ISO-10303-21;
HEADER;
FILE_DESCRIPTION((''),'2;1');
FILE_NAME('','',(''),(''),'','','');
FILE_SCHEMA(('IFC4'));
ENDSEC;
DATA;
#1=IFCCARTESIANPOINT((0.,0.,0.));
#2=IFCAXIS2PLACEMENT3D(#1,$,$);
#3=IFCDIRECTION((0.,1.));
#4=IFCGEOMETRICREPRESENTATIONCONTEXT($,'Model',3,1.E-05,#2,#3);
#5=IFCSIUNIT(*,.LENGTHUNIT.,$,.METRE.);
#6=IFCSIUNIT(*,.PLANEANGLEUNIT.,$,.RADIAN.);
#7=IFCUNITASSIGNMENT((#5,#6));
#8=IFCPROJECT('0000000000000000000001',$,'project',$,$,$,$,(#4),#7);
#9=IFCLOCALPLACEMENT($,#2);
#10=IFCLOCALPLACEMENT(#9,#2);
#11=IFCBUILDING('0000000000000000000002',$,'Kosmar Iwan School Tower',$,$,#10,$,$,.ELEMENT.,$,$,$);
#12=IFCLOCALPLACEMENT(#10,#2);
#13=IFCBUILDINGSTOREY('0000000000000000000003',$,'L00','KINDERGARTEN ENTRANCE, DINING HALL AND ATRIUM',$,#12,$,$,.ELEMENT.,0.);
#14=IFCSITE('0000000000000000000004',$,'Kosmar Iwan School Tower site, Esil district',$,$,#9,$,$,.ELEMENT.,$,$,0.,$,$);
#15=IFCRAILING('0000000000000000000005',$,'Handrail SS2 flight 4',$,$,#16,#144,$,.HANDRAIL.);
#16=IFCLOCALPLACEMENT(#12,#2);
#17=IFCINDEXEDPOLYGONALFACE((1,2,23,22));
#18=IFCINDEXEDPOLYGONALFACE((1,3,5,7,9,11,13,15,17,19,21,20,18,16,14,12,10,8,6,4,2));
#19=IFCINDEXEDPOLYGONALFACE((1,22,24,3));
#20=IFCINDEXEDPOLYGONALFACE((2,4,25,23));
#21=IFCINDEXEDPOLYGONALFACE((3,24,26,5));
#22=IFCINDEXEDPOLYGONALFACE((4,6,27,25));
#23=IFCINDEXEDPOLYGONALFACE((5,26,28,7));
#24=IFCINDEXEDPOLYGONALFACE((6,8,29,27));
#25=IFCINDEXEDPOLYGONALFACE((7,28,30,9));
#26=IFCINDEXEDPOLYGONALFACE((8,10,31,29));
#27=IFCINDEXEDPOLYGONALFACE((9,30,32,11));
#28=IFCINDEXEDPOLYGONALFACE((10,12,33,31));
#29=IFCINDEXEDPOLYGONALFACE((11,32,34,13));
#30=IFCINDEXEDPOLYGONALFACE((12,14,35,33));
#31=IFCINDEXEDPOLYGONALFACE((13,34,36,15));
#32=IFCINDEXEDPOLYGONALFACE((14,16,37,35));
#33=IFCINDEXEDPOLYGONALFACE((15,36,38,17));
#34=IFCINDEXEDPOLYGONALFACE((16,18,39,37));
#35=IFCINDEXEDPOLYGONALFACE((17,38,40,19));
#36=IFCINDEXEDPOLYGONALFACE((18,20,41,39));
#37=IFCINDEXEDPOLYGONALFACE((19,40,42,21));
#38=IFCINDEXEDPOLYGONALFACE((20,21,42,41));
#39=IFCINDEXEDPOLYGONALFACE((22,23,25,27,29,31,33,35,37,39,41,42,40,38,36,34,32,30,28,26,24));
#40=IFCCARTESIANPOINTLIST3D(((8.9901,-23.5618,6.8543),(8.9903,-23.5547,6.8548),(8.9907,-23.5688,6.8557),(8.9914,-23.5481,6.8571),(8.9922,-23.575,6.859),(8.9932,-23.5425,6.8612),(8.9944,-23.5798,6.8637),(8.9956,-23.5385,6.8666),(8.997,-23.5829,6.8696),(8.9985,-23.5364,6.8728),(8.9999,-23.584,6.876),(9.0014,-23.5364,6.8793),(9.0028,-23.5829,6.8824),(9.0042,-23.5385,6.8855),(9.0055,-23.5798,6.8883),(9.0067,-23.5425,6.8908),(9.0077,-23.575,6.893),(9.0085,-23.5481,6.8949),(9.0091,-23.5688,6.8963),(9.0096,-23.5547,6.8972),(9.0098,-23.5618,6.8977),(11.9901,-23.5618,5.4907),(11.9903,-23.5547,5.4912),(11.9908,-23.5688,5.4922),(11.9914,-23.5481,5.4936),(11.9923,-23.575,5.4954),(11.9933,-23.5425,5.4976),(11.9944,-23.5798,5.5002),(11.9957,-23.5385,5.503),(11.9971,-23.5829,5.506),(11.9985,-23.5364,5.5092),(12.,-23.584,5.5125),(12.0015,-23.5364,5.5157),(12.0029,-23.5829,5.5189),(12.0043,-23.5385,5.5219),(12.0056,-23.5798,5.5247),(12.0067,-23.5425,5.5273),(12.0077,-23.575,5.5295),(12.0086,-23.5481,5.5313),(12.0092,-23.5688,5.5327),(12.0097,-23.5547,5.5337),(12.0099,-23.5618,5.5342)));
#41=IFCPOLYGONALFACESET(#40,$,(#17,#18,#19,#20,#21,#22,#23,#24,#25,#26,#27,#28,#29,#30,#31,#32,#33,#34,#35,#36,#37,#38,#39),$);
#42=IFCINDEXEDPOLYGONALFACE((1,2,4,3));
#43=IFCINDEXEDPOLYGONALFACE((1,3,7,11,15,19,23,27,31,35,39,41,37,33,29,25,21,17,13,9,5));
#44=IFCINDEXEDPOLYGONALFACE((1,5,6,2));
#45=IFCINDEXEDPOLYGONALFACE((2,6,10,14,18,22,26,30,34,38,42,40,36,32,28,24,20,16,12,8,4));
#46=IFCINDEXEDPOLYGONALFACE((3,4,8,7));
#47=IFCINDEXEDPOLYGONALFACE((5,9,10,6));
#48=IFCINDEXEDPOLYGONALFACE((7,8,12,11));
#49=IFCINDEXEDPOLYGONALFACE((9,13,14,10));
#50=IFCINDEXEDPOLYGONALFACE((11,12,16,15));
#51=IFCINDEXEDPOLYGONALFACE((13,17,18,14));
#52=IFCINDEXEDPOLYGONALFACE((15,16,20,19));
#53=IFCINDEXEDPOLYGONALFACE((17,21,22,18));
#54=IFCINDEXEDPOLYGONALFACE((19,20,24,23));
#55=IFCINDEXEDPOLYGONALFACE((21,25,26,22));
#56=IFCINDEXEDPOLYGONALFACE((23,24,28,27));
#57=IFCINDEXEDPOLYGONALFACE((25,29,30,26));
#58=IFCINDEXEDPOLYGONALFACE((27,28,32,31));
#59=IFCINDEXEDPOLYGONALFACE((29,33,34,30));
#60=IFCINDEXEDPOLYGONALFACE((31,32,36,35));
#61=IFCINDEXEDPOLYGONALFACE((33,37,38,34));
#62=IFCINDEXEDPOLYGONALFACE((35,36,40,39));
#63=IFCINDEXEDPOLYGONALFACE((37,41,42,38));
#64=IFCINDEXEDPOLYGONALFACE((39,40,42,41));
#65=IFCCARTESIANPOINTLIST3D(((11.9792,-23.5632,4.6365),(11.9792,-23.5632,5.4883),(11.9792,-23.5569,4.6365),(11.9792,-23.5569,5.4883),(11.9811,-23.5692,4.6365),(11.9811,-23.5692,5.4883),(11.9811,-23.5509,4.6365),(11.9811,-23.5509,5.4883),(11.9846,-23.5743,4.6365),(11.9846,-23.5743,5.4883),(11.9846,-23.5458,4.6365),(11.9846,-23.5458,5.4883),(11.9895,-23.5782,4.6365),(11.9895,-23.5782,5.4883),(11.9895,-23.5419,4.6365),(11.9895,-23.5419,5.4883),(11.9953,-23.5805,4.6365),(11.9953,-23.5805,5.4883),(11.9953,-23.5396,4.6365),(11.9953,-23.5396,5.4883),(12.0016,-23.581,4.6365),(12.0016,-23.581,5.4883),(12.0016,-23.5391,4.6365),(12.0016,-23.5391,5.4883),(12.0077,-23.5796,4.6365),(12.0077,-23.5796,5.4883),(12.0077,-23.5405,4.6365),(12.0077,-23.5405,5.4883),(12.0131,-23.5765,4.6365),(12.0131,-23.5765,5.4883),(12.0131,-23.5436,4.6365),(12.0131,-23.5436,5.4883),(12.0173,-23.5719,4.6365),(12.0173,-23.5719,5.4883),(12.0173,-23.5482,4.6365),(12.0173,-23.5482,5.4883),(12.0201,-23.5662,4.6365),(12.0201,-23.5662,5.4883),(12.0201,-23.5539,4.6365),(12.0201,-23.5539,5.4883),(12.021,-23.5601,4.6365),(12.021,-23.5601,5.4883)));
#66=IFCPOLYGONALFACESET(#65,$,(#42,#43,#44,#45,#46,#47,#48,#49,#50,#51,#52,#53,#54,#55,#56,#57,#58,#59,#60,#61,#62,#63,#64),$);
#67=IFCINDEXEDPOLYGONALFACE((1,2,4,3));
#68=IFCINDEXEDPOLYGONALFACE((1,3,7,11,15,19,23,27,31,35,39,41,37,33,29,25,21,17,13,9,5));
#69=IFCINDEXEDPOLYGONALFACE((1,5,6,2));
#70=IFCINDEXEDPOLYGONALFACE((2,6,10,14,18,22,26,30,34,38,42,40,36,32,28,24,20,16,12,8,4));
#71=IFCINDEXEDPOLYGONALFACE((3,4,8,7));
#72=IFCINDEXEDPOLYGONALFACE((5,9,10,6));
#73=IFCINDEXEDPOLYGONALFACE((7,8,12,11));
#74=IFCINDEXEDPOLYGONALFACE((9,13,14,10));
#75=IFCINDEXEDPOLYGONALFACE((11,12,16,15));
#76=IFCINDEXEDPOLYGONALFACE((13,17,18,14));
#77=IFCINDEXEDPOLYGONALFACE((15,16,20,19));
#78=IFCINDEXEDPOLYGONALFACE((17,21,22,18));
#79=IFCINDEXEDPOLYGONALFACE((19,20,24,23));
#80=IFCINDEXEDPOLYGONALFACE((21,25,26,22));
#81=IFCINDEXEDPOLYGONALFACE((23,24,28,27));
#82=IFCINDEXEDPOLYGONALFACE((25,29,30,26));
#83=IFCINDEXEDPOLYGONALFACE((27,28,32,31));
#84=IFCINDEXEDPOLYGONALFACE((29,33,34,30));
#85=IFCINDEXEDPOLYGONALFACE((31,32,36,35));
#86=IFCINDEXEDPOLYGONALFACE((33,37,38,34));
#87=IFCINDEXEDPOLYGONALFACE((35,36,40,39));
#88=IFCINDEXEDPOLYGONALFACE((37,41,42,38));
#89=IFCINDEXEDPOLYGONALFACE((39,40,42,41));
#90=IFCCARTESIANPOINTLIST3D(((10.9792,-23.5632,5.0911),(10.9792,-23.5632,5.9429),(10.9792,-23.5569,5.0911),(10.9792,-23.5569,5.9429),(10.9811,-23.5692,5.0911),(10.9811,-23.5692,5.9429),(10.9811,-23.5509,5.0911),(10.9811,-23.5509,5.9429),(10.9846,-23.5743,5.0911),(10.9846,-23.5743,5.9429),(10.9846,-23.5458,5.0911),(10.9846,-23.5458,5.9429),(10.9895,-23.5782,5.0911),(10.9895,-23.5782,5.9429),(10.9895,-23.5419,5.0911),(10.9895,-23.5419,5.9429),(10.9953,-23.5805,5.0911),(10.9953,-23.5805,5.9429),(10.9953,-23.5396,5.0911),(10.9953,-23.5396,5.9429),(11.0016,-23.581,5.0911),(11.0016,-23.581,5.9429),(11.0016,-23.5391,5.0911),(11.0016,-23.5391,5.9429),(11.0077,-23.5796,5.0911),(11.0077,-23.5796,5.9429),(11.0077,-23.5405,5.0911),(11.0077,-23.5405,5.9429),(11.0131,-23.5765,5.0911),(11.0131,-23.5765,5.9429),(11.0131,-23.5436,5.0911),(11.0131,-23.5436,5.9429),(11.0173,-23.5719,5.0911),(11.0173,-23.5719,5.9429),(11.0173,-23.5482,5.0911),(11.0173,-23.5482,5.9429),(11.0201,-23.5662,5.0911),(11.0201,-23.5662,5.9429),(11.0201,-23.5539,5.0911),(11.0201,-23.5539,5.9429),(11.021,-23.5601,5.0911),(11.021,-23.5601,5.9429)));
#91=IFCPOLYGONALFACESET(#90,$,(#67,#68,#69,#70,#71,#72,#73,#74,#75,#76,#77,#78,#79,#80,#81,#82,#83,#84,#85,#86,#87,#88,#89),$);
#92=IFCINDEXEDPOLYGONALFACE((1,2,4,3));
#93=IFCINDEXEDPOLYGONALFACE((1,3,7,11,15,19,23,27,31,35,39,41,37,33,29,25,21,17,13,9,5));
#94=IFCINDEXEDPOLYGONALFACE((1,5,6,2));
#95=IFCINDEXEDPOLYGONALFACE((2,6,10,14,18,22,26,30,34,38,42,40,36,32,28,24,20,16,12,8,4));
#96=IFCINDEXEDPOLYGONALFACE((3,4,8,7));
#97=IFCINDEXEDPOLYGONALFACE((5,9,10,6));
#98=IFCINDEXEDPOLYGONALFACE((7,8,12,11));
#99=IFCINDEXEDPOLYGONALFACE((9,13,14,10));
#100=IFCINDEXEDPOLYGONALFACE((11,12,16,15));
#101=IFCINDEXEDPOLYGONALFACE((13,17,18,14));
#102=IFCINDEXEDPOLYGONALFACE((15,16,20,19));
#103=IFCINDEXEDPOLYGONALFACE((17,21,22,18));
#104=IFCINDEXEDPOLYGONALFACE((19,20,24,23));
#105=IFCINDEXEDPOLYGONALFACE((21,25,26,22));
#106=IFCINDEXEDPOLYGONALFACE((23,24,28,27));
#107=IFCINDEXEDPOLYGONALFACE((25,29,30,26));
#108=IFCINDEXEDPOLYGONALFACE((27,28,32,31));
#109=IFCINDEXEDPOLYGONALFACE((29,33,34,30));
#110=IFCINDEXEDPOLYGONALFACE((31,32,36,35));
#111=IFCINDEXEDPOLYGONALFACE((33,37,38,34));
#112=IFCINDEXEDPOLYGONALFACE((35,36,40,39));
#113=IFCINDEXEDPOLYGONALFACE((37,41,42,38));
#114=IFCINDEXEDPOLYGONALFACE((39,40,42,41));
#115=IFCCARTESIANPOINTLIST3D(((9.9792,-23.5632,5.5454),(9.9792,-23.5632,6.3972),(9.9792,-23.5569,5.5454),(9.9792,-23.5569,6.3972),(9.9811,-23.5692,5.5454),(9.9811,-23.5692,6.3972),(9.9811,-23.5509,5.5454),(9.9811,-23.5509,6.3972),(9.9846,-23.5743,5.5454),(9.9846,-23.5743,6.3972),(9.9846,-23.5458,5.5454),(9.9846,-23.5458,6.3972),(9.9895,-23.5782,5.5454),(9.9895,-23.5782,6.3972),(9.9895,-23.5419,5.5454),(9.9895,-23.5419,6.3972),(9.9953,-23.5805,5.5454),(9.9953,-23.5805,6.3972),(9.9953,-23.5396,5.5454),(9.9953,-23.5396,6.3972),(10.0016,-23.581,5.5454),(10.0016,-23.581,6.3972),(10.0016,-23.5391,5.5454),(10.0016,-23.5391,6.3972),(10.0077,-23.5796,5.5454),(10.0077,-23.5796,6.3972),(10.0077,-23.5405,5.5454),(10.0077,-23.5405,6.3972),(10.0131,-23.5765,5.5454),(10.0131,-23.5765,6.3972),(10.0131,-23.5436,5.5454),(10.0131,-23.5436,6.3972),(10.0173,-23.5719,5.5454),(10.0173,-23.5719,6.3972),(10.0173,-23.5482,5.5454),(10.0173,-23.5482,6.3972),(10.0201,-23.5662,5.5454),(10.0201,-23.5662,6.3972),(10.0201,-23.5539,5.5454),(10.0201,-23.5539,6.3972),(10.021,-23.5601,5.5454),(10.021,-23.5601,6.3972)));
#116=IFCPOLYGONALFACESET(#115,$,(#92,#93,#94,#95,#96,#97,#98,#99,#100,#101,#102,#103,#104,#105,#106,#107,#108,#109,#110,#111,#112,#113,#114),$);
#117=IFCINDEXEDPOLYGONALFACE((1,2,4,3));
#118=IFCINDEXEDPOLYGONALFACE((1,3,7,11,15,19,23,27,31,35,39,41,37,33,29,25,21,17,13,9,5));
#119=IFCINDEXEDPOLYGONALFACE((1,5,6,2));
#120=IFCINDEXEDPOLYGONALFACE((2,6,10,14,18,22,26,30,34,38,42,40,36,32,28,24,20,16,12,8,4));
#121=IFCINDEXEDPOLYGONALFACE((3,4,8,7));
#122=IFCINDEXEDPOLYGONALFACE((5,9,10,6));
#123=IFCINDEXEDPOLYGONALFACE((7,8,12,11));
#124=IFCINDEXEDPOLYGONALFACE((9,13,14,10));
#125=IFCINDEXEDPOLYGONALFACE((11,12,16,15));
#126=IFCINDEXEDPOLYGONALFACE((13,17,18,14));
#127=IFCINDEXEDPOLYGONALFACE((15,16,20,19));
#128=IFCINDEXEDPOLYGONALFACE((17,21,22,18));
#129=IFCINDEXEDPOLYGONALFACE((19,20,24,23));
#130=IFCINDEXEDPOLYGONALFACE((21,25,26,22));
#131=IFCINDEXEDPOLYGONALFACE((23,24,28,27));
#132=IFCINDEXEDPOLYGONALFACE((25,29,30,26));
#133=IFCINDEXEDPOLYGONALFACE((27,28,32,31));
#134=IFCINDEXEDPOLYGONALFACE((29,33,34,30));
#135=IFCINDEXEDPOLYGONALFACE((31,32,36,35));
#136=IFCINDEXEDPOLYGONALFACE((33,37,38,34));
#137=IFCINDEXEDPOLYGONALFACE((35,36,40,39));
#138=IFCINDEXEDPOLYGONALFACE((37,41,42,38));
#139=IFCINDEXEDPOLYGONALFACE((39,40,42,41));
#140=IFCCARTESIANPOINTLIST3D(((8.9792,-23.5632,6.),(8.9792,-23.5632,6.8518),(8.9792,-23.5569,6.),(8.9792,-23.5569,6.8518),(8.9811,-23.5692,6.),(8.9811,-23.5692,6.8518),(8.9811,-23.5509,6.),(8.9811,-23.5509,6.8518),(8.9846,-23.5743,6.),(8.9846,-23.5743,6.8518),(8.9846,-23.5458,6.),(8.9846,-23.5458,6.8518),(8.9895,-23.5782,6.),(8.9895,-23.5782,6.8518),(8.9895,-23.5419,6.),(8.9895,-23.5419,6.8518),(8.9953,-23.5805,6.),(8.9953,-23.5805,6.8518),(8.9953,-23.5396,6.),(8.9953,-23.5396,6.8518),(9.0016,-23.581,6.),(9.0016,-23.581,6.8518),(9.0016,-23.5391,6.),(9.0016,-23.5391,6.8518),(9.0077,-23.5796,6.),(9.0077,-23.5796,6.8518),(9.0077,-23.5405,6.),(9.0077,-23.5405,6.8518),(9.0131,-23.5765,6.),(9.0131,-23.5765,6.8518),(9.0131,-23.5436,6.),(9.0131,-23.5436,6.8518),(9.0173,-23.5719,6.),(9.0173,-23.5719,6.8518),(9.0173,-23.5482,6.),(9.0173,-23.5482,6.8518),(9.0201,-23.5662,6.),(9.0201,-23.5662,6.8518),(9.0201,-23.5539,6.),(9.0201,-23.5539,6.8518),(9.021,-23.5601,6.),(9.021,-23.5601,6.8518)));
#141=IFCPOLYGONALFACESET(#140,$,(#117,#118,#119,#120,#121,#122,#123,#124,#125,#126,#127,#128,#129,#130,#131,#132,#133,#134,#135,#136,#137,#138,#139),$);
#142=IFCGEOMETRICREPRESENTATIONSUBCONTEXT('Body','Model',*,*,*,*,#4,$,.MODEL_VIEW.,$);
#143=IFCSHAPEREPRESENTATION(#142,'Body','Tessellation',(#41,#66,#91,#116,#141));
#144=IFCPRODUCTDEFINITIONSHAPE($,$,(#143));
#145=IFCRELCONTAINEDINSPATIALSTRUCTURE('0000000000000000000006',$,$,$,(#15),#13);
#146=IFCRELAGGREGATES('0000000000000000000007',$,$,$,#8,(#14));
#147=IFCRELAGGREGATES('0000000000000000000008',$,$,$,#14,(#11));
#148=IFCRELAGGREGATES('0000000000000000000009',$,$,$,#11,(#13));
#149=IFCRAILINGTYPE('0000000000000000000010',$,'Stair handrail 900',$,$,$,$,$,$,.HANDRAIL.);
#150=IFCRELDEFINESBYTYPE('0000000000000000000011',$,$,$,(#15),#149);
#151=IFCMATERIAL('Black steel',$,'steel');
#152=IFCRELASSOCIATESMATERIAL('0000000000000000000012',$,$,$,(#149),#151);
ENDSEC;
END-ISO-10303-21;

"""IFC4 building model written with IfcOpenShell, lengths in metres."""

from ifc_helpers import new_model, si_unit, direction, frame, origin, origin_2d, place, context, subcontext, project, spatial, circle, extrude, material, type_object, element, save


model = new_model("IFC4")

# Units and contexts
model_context = context("Model", 3, precision=1e-05, world=origin(), true_north=direction((0.0, 1.0)))
body_context = subcontext(model_context, "Body", "Model", "MODEL_VIEW")
ifc_project = project(units=[si_unit("LENGTHUNIT", "METRE"), si_unit("PLANEANGLEUNIT", "RADIAN")], contexts=[model_context])

# Site, building, storey
site_placement = place(None, origin())
site = spatial("IfcSite", under=ifc_project, at=site_placement, Name="Kosmar Iwan School Tower site, Esil district", CompositionType="ELEMENT", RefElevation=0.0)
building_placement = place(site_placement, origin())
building = spatial("IfcBuilding", under=site, at=building_placement, Name="Kosmar Iwan School Tower", CompositionType="ELEMENT")
storey_placement = place(building_placement, origin())
storey = spatial("IfcBuildingStorey", under=building, at=storey_placement, Name="L00", Description="KINDERGARTEN ENTRANCE, DINING HALL AND ATRIUM", CompositionType="ELEMENT", Elevation=0.0)

# Railing
ifc_material_1 = material(Name="Black steel", Category="steel")
railing_type = type_object("IfcRailingType", Name="Stair handrail 900", PredefinedType="HANDRAIL", material=ifc_material_1)
railing_1_placement = place(storey_placement, frame((12.0, -23.5601, 4.6365)))
element("IfcRailing", 1, at=railing_1_placement, inside=storey, type_object=railing_type, Name="Handrail SS2 flight 4", PredefinedType="HANDRAIL", context=body_context, shape_type="SweptSolid", body=[
    extrude(circle(Radius=0.0239, at=origin_2d()), frame((0.0, 0.0, 0.876), z_axis=(-0.910379, 0.0, 0.413775), x_axis=(0.0, -1.0, 0.0)), (0.0, 0.0, 1.0), 3.2954),
    extrude(circle(Radius=0.021, at=origin_2d()), origin(), (0.0, 0.0, 1.0), 0.8518),
    extrude(circle(Radius=0.021, at=origin_2d()), frame((-1.0, 0.0, 0.4546)), (0.0, 0.0, 1.0), 0.8518),
    extrude(circle(Radius=0.021, at=origin_2d()), frame((-2.0, 0.0, 0.9089)), (0.0, 0.0, 1.0), 0.8518),
    extrude(circle(Radius=0.021, at=origin_2d()), frame((-3.0, 0.0, 1.3635)), (0.0, 0.0, 1.0), 0.8518),
])

save(model, "model.ifc")
